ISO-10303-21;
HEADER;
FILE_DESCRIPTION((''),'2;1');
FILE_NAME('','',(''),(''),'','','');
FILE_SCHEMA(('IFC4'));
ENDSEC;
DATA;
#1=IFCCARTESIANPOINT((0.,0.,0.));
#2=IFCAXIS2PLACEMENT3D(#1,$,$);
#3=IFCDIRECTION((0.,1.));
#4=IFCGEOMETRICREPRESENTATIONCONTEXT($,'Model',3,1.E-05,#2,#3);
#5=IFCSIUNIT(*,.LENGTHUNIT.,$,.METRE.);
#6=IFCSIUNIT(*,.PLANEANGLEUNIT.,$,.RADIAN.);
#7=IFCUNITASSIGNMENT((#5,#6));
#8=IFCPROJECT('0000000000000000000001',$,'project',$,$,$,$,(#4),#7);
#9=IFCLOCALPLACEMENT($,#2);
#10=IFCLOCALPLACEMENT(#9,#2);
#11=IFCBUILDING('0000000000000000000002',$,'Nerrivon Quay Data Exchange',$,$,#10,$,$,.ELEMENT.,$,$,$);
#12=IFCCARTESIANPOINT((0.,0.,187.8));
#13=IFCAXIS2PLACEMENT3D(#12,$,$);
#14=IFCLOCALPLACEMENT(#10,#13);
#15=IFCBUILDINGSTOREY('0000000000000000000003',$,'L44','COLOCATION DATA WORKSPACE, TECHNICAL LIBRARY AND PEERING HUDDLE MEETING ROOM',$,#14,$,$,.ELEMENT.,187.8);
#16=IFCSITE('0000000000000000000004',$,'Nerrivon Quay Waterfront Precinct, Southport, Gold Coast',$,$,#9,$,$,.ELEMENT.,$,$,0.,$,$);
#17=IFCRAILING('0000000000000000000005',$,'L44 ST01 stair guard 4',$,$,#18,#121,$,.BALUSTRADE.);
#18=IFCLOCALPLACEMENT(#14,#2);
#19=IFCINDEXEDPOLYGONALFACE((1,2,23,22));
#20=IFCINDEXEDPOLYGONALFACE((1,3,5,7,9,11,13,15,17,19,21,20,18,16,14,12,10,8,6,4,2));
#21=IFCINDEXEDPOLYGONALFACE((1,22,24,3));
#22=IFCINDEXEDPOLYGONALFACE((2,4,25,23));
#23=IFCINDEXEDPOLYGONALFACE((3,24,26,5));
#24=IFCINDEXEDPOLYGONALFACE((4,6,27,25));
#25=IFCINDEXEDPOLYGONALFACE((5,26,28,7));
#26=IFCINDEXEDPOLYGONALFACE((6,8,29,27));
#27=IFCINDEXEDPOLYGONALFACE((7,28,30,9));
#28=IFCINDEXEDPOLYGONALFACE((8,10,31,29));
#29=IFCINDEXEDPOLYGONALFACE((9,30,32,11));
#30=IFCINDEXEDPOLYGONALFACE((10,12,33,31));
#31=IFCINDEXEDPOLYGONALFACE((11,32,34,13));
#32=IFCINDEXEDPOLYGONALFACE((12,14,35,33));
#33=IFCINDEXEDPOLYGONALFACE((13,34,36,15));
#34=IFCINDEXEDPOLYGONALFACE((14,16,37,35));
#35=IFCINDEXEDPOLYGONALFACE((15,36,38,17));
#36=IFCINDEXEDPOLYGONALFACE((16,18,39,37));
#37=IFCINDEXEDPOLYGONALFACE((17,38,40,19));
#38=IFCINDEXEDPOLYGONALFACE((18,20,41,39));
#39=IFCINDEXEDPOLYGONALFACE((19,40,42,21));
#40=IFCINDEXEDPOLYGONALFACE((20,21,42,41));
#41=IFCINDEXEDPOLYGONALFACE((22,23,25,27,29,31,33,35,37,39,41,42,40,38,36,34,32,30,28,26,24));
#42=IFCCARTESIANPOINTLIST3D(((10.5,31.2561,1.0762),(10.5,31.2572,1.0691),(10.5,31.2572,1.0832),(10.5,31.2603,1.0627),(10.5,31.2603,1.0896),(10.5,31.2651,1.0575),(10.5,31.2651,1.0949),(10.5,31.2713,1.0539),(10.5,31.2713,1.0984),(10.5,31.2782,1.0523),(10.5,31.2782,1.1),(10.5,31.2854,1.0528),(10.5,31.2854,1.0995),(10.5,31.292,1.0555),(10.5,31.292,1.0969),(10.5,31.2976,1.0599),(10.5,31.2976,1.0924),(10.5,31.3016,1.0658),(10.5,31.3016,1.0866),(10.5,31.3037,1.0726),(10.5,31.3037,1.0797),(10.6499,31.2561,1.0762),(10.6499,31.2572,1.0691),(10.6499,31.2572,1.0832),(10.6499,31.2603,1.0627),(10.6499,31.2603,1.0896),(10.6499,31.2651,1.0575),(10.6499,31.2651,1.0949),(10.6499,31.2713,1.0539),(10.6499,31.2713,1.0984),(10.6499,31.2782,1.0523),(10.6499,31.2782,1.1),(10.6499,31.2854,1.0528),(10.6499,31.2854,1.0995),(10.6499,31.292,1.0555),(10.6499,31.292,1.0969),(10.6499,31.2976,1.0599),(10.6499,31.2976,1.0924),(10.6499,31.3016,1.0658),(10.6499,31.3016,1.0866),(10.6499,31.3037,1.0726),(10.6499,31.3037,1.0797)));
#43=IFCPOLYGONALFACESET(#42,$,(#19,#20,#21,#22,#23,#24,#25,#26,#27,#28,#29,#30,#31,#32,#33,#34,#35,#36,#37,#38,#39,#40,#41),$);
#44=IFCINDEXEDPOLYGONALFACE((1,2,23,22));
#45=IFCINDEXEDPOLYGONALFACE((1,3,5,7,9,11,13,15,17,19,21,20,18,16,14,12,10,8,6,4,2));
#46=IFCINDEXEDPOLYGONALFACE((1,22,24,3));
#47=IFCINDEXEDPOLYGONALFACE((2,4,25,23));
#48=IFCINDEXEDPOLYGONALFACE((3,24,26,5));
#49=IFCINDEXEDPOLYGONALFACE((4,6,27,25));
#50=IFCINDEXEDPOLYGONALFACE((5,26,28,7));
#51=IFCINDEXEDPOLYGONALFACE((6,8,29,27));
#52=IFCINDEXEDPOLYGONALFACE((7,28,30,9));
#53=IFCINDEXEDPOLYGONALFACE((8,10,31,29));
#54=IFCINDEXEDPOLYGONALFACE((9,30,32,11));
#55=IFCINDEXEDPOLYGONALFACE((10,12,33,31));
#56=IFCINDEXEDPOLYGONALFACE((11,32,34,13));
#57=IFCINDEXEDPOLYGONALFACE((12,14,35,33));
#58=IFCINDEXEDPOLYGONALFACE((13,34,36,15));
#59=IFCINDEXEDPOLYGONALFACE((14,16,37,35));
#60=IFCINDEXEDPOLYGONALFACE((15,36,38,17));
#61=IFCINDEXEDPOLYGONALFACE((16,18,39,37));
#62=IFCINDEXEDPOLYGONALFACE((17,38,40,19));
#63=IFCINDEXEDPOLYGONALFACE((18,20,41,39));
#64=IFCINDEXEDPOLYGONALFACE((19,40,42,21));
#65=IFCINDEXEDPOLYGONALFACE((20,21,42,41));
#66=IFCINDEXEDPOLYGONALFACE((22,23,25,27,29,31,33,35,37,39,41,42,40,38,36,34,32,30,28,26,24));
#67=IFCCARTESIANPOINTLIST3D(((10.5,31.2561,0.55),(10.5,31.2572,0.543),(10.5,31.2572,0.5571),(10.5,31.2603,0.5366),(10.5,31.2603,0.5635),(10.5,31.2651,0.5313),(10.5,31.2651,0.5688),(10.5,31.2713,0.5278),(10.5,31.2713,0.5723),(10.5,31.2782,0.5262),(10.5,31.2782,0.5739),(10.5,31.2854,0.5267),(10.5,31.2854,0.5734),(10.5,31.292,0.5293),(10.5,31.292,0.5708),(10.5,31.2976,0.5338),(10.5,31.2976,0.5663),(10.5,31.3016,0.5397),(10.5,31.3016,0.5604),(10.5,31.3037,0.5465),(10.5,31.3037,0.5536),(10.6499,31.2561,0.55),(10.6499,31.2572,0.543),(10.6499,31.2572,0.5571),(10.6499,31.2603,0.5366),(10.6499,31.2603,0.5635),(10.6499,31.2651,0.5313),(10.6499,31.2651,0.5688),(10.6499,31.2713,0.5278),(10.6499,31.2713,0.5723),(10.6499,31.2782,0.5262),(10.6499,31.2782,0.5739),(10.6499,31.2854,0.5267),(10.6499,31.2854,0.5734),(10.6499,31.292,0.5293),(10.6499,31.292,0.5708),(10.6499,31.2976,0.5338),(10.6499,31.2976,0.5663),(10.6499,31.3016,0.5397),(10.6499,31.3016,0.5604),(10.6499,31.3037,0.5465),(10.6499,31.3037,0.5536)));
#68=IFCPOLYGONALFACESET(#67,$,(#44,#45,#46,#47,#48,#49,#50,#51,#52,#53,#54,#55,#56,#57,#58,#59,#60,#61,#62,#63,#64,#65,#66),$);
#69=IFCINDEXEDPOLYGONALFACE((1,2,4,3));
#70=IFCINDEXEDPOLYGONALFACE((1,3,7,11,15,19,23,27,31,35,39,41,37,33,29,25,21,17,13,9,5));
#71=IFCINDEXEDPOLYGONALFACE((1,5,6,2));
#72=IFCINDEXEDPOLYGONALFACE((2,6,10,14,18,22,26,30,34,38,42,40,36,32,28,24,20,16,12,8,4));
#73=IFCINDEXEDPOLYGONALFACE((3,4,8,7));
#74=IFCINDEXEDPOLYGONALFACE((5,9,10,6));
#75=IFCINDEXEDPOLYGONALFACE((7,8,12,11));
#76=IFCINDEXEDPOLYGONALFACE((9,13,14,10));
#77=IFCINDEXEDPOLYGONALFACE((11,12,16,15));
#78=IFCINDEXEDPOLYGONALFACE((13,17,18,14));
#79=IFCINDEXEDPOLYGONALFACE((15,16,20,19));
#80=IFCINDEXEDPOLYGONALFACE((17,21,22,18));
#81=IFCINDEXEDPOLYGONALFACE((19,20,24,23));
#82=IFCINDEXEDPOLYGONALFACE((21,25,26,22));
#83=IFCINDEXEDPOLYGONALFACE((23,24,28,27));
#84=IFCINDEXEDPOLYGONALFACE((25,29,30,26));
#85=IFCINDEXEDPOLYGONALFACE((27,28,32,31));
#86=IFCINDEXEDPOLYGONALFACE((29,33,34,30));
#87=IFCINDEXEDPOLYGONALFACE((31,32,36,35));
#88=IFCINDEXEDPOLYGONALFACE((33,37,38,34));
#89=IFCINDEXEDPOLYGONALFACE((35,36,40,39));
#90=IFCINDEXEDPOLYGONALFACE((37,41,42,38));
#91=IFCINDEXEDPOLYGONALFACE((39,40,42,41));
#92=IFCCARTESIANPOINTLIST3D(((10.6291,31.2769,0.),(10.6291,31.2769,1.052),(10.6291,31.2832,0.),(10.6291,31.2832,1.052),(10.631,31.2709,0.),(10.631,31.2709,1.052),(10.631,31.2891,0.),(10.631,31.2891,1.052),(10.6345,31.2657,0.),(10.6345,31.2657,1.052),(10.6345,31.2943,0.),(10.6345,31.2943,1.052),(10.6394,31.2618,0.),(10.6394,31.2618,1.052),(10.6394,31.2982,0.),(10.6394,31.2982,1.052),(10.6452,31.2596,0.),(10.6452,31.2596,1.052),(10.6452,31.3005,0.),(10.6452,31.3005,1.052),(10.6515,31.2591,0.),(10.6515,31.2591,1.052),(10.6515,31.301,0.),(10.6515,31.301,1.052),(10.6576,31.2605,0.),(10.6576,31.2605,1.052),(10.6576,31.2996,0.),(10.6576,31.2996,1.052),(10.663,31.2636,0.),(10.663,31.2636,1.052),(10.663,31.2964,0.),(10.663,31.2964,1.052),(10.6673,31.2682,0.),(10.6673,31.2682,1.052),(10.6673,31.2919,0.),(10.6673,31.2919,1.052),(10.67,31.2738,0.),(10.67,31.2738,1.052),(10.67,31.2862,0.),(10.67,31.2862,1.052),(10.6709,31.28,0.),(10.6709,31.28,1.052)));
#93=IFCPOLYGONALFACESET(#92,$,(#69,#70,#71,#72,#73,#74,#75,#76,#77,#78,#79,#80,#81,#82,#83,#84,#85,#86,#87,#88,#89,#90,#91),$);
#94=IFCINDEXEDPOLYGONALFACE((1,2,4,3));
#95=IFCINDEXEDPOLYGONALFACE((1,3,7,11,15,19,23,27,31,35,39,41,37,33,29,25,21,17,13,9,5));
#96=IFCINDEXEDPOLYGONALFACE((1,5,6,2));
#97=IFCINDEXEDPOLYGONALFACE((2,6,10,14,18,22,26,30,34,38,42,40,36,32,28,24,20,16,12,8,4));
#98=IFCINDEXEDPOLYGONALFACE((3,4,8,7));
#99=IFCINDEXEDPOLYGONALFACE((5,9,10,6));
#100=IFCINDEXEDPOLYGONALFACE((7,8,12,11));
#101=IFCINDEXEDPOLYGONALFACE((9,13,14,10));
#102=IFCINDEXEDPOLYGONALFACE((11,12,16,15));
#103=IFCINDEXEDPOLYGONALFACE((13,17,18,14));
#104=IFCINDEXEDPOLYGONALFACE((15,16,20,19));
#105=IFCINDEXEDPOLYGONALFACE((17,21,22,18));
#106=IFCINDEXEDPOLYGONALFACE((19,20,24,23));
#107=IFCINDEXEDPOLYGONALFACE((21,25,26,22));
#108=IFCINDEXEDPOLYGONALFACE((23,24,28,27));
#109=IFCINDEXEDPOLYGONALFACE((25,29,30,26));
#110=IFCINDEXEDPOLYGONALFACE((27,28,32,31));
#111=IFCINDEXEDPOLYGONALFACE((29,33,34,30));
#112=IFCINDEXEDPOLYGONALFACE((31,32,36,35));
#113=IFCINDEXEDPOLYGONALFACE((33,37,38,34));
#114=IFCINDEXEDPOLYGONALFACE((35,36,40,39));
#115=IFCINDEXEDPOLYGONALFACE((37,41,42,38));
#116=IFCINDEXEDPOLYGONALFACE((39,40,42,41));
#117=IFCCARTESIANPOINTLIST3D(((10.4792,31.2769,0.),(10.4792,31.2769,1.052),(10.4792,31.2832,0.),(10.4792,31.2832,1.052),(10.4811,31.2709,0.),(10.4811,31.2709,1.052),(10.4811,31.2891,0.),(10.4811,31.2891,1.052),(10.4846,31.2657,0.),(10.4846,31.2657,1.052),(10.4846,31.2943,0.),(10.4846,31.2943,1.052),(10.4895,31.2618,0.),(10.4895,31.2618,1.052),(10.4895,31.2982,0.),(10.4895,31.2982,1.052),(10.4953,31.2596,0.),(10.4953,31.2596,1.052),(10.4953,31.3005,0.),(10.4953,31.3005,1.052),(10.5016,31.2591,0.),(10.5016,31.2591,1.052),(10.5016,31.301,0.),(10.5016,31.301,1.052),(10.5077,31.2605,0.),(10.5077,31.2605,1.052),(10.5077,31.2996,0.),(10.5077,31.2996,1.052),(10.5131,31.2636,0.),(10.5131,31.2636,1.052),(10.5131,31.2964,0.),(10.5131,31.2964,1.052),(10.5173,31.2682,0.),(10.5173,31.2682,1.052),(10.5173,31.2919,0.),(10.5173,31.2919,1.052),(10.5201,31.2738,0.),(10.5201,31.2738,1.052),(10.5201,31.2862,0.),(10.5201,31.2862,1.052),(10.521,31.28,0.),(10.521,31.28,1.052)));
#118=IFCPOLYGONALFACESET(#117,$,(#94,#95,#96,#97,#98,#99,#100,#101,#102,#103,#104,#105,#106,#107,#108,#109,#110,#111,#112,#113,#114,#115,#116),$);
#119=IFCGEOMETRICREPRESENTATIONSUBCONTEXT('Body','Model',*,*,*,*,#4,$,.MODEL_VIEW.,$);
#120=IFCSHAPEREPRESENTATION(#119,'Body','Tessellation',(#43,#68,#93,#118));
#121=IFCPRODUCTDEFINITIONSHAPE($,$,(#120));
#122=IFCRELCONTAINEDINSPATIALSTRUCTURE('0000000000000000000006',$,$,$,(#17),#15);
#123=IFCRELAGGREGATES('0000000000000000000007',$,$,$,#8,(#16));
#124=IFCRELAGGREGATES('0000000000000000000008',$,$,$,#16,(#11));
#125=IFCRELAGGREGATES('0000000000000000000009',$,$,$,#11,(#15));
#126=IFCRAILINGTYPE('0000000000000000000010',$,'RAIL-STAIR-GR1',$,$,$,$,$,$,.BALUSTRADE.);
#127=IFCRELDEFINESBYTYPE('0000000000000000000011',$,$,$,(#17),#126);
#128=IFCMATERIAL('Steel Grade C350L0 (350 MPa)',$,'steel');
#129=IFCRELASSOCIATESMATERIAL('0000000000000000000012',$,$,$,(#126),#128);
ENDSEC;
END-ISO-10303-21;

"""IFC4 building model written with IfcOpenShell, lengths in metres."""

from ifc_helpers import new_model, si_unit, direction, frame, origin, origin_2d, place, context, subcontext, project, spatial, circle, extrude, material, type_object, element, save


model = new_model("IFC4")

# Units and contexts
model_context = context("Model", 3, precision=1e-05, world=origin(), true_north=direction((0.0, 1.0)))
body_context = subcontext(model_context, "Body", "Model", "MODEL_VIEW")
ifc_project = project(units=[si_unit("LENGTHUNIT", "METRE"), si_unit("PLANEANGLEUNIT", "RADIAN")], contexts=[model_context])

# Site, building, storey
site_placement = place(None, origin())
site = spatial("IfcSite", under=ifc_project, at=site_placement, Name="Nerrivon Quay Waterfront Precinct, Southport, Gold Coast", CompositionType="ELEMENT", RefElevation=0.0)
building_placement = place(site_placement, origin())
building = spatial("IfcBuilding", under=site, at=building_placement, Name="Nerrivon Quay Data Exchange", CompositionType="ELEMENT")
storey_placement = place(building_placement, frame((0.0, 0.0, 187.8)))
storey = spatial("IfcBuildingStorey", under=building, at=storey_placement, Name="L44", Description="COLOCATION DATA WORKSPACE, TECHNICAL LIBRARY AND PEERING HUDDLE MEETING ROOM", CompositionType="ELEMENT", Elevation=187.8)

# Railing
ifc_material_1 = material(Name="Steel Grade C350L0 (350 MPa)", Category="steel")
railing_type_1 = type_object("IfcRailingType", Name="RAIL-STAIR-GR1", PredefinedType="BALUSTRADE", material=ifc_material_1)
railing_1_placement = place(storey_placement, frame((10.6499, 31.28, 0.0)))
element("IfcRailing", 1, at=railing_1_placement, inside=storey, type_object=railing_type_1, Name="L44 ST01 stair guard 4", PredefinedType="BALUSTRADE", context=body_context, shape_type="SweptSolid", body=[
    extrude(circle(Radius=0.0239, at=origin_2d()), frame((0.0, 0.0, 1.0762), z_axis=(-1.0, 0.0, 0.0), x_axis=(0.0, -1.0, 0.0)), (0.0, 0.0, 1.0), 0.1499),
    extrude(circle(Radius=0.0239, at=origin_2d()), frame((0.0, 0.0, 0.55), z_axis=(-1.0, 0.0, 0.0), x_axis=(0.0, -1.0, 0.0)), (0.0, 0.0, 1.0), 0.1499),
    extrude(circle(Radius=0.021, at=origin_2d()), origin(), (0.0, 0.0, 1.0), 1.052),
    extrude(circle(Radius=0.021, at=origin_2d()), frame((-0.1499, 0.0, 0.0)), (0.0, 0.0, 1.0), 1.052),
])

save(model, "model.ifc")
